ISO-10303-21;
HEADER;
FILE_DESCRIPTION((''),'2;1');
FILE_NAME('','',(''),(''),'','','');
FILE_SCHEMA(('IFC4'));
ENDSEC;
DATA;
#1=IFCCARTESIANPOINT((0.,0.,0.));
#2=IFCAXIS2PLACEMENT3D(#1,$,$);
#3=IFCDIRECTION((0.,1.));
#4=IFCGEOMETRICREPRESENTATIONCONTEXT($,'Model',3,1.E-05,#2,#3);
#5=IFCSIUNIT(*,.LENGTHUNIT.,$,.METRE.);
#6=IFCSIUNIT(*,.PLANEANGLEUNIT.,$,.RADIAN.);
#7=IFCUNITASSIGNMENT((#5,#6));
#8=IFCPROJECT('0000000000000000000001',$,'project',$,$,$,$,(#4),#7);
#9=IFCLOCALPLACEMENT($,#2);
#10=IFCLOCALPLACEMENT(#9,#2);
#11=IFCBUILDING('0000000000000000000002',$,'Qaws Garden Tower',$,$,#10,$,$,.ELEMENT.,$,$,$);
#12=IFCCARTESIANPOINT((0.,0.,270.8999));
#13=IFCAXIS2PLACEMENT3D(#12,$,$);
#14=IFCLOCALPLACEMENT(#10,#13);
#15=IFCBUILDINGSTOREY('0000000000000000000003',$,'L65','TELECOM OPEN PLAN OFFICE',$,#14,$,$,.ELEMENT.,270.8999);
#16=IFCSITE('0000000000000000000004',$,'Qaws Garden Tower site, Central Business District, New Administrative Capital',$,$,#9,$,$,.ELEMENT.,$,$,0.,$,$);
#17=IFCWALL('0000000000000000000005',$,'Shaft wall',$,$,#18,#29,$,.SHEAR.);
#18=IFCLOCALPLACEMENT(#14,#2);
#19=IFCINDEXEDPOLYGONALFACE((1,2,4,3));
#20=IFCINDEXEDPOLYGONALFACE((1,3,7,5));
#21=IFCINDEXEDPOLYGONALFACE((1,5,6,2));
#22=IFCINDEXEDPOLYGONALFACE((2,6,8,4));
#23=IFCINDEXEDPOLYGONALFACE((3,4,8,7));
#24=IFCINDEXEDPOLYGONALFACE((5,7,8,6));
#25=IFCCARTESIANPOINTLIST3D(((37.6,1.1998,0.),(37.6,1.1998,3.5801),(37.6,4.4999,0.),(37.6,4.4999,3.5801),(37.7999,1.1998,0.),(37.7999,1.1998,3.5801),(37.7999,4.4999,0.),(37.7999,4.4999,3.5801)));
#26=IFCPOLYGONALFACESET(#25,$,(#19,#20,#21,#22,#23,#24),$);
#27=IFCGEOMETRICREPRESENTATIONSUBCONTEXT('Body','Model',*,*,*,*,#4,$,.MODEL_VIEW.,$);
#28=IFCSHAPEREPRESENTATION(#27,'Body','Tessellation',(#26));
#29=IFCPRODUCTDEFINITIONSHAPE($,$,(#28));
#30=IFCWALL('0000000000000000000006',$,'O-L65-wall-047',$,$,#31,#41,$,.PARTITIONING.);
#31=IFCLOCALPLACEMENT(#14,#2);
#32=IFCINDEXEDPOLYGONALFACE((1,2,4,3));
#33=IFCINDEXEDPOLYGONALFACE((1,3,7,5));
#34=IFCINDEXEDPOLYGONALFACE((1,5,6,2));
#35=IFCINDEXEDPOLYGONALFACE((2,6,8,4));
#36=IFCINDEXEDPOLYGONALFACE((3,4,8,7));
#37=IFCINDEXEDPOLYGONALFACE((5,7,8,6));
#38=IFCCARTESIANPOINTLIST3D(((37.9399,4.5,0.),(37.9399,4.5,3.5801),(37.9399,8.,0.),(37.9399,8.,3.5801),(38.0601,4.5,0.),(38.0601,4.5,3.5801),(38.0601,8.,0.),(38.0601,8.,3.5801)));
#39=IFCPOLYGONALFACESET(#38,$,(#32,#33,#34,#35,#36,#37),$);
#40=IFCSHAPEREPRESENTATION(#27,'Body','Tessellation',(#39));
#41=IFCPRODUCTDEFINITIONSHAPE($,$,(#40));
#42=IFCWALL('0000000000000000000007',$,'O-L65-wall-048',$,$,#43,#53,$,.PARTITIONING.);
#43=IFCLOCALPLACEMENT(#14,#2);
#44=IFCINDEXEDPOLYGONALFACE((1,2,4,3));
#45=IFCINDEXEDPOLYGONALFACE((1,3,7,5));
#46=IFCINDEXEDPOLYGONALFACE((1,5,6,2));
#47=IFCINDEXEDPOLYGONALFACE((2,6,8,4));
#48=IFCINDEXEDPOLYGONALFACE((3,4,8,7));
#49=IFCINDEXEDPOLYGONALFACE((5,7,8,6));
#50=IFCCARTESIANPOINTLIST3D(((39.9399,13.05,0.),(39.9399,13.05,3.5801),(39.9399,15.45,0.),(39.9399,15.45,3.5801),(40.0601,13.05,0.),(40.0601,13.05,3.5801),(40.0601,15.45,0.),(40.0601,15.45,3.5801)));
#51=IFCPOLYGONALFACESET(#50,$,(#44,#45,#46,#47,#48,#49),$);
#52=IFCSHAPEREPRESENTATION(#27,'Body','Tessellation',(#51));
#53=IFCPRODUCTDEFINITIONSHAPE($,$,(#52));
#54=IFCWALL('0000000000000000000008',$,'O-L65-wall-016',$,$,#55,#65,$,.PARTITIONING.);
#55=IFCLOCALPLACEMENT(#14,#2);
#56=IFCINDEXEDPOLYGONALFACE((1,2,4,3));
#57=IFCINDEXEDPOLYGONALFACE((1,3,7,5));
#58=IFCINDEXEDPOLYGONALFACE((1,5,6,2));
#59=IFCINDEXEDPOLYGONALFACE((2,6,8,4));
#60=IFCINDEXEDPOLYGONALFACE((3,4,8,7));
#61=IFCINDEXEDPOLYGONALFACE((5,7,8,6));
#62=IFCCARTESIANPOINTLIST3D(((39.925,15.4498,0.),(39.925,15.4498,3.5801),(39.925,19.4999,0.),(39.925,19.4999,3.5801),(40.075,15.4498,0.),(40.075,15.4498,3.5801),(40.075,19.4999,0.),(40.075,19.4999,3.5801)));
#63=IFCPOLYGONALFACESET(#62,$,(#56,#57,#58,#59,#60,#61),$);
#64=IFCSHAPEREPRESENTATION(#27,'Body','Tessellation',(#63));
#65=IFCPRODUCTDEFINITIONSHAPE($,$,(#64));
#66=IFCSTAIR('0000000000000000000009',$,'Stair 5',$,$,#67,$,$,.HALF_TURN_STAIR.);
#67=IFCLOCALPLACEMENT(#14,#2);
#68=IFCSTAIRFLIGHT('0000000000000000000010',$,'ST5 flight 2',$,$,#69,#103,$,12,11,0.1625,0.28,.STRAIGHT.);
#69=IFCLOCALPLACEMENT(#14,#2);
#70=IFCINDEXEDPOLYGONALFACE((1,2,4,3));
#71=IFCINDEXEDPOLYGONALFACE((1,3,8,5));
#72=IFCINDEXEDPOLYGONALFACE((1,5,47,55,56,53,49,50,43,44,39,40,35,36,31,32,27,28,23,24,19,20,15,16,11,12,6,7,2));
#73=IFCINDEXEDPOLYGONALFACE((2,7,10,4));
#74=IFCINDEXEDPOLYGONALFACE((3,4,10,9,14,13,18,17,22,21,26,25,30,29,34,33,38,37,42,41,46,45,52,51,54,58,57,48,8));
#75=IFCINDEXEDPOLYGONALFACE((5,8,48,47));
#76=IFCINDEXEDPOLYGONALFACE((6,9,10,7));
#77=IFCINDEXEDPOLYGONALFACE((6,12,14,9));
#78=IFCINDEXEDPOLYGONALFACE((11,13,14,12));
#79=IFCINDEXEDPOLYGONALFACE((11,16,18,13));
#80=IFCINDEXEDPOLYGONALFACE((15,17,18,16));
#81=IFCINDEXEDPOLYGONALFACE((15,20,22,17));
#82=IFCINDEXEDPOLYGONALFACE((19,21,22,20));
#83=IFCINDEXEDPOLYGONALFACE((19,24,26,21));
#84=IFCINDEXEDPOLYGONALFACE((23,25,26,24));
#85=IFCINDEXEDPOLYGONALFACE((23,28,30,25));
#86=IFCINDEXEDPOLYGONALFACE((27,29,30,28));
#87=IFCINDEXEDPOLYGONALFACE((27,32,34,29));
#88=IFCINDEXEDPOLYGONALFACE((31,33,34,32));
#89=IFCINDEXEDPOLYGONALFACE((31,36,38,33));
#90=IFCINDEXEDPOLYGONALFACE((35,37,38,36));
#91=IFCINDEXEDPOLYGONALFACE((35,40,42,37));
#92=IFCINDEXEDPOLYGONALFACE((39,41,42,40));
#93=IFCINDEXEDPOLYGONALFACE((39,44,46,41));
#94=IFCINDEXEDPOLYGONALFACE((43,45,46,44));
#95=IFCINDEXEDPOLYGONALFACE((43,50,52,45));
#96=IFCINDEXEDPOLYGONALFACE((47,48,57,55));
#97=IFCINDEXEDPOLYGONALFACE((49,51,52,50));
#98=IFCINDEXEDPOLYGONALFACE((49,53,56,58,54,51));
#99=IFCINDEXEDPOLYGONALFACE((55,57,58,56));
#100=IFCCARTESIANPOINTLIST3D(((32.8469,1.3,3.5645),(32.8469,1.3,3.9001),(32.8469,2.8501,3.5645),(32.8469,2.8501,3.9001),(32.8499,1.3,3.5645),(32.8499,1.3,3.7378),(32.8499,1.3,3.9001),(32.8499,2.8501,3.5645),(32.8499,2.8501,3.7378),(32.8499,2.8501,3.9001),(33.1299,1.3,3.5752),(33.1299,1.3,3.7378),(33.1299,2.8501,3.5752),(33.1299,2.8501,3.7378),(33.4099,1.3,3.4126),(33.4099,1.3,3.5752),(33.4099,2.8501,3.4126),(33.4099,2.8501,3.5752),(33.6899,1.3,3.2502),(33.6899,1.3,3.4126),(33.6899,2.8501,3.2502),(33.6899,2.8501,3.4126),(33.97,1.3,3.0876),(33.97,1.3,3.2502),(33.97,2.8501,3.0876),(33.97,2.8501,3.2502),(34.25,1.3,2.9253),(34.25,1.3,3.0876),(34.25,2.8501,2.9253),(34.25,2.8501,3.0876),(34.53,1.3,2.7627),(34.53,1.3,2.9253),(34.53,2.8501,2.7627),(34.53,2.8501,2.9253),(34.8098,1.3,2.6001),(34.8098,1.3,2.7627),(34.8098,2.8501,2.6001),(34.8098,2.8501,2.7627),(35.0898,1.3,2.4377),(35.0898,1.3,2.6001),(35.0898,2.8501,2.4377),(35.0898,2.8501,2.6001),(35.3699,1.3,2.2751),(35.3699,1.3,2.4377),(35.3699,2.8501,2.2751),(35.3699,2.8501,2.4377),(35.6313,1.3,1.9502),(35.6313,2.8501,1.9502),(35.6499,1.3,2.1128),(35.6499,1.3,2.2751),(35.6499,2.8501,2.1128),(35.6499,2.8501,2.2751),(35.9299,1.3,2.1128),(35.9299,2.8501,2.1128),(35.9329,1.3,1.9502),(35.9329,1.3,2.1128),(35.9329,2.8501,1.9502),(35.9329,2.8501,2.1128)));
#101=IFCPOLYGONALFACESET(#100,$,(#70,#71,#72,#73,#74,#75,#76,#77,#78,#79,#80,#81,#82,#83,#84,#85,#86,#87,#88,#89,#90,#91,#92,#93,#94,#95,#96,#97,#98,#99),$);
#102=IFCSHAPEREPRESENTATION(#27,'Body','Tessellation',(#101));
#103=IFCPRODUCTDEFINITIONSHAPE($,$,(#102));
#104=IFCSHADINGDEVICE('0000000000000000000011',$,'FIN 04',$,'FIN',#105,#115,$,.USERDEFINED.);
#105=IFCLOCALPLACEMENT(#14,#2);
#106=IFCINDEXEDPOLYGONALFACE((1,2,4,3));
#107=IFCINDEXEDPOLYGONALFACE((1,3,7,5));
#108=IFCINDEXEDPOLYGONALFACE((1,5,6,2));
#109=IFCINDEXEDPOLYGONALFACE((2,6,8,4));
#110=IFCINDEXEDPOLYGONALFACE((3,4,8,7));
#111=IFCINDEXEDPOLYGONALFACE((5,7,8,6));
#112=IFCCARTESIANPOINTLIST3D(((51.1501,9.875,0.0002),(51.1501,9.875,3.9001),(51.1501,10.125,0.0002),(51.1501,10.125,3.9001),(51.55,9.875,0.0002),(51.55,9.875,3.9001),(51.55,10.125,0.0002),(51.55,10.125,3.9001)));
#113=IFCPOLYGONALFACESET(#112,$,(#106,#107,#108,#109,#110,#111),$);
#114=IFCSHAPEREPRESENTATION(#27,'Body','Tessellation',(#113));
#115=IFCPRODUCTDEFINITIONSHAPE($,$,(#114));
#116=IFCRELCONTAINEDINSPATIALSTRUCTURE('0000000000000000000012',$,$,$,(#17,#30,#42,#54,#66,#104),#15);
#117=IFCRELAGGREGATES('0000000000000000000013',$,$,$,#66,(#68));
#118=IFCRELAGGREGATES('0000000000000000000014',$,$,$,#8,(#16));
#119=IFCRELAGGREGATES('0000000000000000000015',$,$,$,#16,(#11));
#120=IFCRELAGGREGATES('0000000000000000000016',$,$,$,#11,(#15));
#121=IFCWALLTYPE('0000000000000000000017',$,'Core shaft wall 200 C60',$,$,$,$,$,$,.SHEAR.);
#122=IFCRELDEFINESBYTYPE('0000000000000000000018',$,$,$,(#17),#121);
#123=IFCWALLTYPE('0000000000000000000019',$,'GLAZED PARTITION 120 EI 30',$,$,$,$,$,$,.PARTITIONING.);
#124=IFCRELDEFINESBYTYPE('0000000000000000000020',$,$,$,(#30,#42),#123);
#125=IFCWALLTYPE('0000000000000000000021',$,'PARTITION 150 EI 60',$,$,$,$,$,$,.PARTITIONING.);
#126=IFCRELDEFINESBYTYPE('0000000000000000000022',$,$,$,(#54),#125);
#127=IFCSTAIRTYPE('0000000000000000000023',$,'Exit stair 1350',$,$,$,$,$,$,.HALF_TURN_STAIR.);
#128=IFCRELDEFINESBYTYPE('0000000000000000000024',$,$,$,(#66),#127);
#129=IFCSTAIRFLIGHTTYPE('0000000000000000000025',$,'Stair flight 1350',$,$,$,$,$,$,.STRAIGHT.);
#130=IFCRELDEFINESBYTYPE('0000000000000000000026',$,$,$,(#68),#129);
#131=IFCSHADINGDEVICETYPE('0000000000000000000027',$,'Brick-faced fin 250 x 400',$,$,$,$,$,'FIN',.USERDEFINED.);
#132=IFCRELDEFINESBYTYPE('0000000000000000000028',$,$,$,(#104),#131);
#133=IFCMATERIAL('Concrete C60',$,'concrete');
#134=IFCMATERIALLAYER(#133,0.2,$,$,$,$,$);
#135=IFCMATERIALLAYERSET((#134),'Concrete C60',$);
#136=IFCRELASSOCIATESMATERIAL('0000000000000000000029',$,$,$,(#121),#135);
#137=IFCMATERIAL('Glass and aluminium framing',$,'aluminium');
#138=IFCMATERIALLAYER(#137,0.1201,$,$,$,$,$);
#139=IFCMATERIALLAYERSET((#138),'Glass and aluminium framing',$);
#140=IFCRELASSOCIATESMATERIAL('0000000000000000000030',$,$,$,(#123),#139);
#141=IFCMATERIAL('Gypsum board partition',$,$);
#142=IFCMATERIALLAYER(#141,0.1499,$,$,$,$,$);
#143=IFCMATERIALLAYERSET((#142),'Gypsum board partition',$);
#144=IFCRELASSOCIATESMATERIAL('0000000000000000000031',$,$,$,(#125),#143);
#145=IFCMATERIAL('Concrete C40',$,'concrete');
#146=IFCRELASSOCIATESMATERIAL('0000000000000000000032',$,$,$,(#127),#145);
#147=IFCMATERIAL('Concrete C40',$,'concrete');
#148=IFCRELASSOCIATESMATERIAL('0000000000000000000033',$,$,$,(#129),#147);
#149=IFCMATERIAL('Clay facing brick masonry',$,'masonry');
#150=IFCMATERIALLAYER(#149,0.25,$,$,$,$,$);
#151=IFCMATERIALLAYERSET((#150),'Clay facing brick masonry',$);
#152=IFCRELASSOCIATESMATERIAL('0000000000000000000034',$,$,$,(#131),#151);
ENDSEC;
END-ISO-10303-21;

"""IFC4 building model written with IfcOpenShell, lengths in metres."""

from ifc_helpers import new_model, si_unit, direction, frame, frame_2d, origin, origin_2d, place, context, subcontext, project, spatial, polyline, rectangle, outline, extrude, material, layer, layer_set, type_object, element, aggregate, save


model = new_model("IFC4")

# Units and contexts
model_context = context("Model", 3, precision=1e-05, world=origin(), true_north=direction((0.0, 1.0)))
body_context = subcontext(model_context, "Body", "Model", "MODEL_VIEW")
ifc_project = project(units=[si_unit("LENGTHUNIT", "METRE"), si_unit("PLANEANGLEUNIT", "RADIAN")], contexts=[model_context])

# Site, building, storey
site_placement = place(None, origin())
site = spatial("IfcSite", under=ifc_project, at=site_placement, Name="Qaws Garden Tower site, Central Business District, New Administrative Capital", CompositionType="ELEMENT", RefElevation=0.0)
building_placement = place(site_placement, origin())
building = spatial("IfcBuilding", under=site, at=building_placement, Name="Qaws Garden Tower", CompositionType="ELEMENT")
storey_placement = place(building_placement, frame((0.0, 0.0, 270.8999)))
storey = spatial("IfcBuildingStorey", under=building, at=storey_placement, Name="L65", Description="TELECOM OPEN PLAN OFFICE", CompositionType="ELEMENT", Elevation=270.8999)

# Walls
ifc_material_1 = material(Name="Concrete C60", Category="concrete")
ifc_layer_1 = layer(ifc_material_1, 0.2)
ifc_layer_set_1 = layer_set([ifc_layer_1], Name="Concrete C60")
wall_type_1 = type_object("IfcWallType", Name="Core shaft wall 200 C60", PredefinedType="SHEAR", material=ifc_layer_set_1)
wall_1_placement = place(storey_placement, frame((37.7, 1.2, 0.0), z_axis=(0.0, 0.0, 1.0), x_axis=(0.0, 1.0, 0.0)))
element("IfcWall", 1, at=wall_1_placement, inside=storey, type_object=wall_type_1, Name="Shaft wall", PredefinedType="SHEAR", context=body_context, shape_type="SweptSolid", body=[
    extrude(rectangle(XDim=3.3, YDim=0.2, at=frame_2d((1.6499, 0.0))), origin(), (0.0, 0.0, 1.0), 3.5801),
])
ifc_material_2 = material(Name="Glass and aluminium framing", Category="aluminium")
ifc_layer_2 = layer(ifc_material_2, 0.1201)
ifc_layer_set_2 = layer_set([ifc_layer_2], Name="Glass and aluminium framing")
wall_type_2 = type_object("IfcWallType", Name="GLAZED PARTITION 120 EI 30", PredefinedType="PARTITIONING", material=ifc_layer_set_2)
wall_2_placement = place(storey_placement, frame((38.0, 4.5, 0.0), z_axis=(0.0, 0.0, 1.0), x_axis=(0.0, 1.0, 0.0)))
element("IfcWall", 2, at=wall_2_placement, inside=storey, type_object=wall_type_2, Name="O-L65-wall-047", PredefinedType="PARTITIONING", context=body_context, shape_type="SweptSolid", body=[
    extrude(rectangle(XDim=3.5, YDim=0.1201, at=frame_2d((1.75, 0.0))), origin(), (0.0, 0.0, 1.0), 3.5801),
])
wall_3_placement = place(storey_placement, frame((40.0, 13.05, 0.0), z_axis=(0.0, 0.0, 1.0), x_axis=(0.0, 1.0, 0.0)))
element("IfcWall", 3, at=wall_3_placement, inside=storey, type_object=wall_type_2, Name="O-L65-wall-048", PredefinedType="PARTITIONING", context=body_context, shape_type="SweptSolid", body=[
    extrude(rectangle(XDim=2.3999, YDim=0.1201, at=frame_2d((1.2, 0.0))), origin(), (0.0, 0.0, 1.0), 3.5801),
])
ifc_material_3 = material(Name="Gypsum board partition")
ifc_layer_3 = layer(ifc_material_3, 0.1499)
ifc_layer_set_3 = layer_set([ifc_layer_3], Name="Gypsum board partition")
wall_type_3 = type_object("IfcWallType", Name="PARTITION 150 EI 60", PredefinedType="PARTITIONING", material=ifc_layer_set_3)
wall_4_placement = place(storey_placement, frame((40.0, 15.45, 0.0), z_axis=(0.0, 0.0, 1.0), x_axis=(0.0, 1.0, 0.0)))
element("IfcWall", 4, at=wall_4_placement, inside=storey, type_object=wall_type_3, Name="O-L65-wall-016", PredefinedType="PARTITIONING", context=body_context, shape_type="SweptSolid", body=[
    extrude(rectangle(XDim=4.05, YDim=0.1499, at=frame_2d((2.0249, 0.0))), origin(), (0.0, 0.0, 1.0), 3.5801),
])

# Stair, stair flight
ifc_material_4 = material(Name="Concrete C40", Category="concrete")
stair_type = type_object("IfcStairType", Name="Exit stair 1350", PredefinedType="HALF_TURN_STAIR", material=ifc_material_4)
stair_placement = place(storey_placement, origin())
stair = element("IfcStair", 5, at=stair_placement, inside=storey, type_object=stair_type, Name="Stair 5", PredefinedType="HALF_TURN_STAIR")
ifc_material_5 = material(Name="Concrete C40", Category="concrete")
stair_flight_type = type_object("IfcStairFlightType", Name="Stair flight 1350", PredefinedType="STRAIGHT", material=ifc_material_5)
stair_flight_placement = place(storey_placement, frame((35.9299, 2.075, 1.9502), z_axis=(0.0, 0.0, 1.0), x_axis=(-1.0, 0.0, 0.0)))
stair_flight = element("IfcStairFlight", 6, at=stair_flight_placement, type_object=stair_flight_type, Name="ST5 flight 2", NumberOfRisers=12, NumberOfTreads=11, PredefinedType="STRAIGHT", RiserHeight=0.1625, TreadLength=0.28, context=body_context, shape_type="SweptSolid", body=[
    extrude(outline(polyline([(-0.0029, 0.0), (-0.0029, 0.1626), (0.0, 0.1626), (0.28, 0.1626), (0.28, 0.325), (0.5601, 0.325), (0.5601, 0.4875), (0.8401, 0.4875), (0.8401, 0.6499), (1.1201, 0.6499), (1.1201, 0.8125), (1.3999, 0.8125), (1.3999, 0.9751), (1.6799, 0.9751), (1.6799, 1.1375), (1.96, 1.1375), (1.96, 1.3), (2.24, 1.3), (2.24, 1.4624), (2.52, 1.4624), (2.52, 1.625), (2.8, 1.625), (2.8, 1.7876), (3.0801, 1.7876), (3.0801, 1.95), (3.083, 1.95), (3.083, 1.6143), (3.0801, 1.6143), (0.2986, 0.0), (-0.0029, 0.0)])), frame((0.0, 0.7749, 0.0), z_axis=(0.0, -1.0, 0.0), x_axis=(1.0, 0.0, 0.0)), (0.0, 0.0, 1.0), 1.55),
])
aggregate(stair, [stair_flight])

# Shading device
ifc_material_6 = material(Name="Clay facing brick masonry", Category="masonry")
ifc_layer_4 = layer(ifc_material_6, 0.25)
ifc_layer_set_4 = layer_set([ifc_layer_4], Name="Clay facing brick masonry")
shading_device_type = type_object("IfcShadingDeviceType", Name="Brick-faced fin 250 x 400", ElementType="FIN", PredefinedType="USERDEFINED", material=ifc_layer_set_4)
shading_device_placement = place(storey_placement, frame((51.3501, 10.0, 0.0002), z_axis=(0.0, 0.0, 1.0), x_axis=(0.0, 1.0, 0.0)))
element("IfcShadingDevice", 7, at=shading_device_placement, inside=storey, type_object=shading_device_type, Name="FIN 04", ObjectType="FIN", PredefinedType="USERDEFINED", context=body_context, shape_type="SweptSolid", body=[
    extrude(rectangle(XDim=0.25, YDim=0.3999, at=origin_2d()), origin(), (0.0, 0.0, 1.0), 3.8999),
])

save(model, "model.ifc")
